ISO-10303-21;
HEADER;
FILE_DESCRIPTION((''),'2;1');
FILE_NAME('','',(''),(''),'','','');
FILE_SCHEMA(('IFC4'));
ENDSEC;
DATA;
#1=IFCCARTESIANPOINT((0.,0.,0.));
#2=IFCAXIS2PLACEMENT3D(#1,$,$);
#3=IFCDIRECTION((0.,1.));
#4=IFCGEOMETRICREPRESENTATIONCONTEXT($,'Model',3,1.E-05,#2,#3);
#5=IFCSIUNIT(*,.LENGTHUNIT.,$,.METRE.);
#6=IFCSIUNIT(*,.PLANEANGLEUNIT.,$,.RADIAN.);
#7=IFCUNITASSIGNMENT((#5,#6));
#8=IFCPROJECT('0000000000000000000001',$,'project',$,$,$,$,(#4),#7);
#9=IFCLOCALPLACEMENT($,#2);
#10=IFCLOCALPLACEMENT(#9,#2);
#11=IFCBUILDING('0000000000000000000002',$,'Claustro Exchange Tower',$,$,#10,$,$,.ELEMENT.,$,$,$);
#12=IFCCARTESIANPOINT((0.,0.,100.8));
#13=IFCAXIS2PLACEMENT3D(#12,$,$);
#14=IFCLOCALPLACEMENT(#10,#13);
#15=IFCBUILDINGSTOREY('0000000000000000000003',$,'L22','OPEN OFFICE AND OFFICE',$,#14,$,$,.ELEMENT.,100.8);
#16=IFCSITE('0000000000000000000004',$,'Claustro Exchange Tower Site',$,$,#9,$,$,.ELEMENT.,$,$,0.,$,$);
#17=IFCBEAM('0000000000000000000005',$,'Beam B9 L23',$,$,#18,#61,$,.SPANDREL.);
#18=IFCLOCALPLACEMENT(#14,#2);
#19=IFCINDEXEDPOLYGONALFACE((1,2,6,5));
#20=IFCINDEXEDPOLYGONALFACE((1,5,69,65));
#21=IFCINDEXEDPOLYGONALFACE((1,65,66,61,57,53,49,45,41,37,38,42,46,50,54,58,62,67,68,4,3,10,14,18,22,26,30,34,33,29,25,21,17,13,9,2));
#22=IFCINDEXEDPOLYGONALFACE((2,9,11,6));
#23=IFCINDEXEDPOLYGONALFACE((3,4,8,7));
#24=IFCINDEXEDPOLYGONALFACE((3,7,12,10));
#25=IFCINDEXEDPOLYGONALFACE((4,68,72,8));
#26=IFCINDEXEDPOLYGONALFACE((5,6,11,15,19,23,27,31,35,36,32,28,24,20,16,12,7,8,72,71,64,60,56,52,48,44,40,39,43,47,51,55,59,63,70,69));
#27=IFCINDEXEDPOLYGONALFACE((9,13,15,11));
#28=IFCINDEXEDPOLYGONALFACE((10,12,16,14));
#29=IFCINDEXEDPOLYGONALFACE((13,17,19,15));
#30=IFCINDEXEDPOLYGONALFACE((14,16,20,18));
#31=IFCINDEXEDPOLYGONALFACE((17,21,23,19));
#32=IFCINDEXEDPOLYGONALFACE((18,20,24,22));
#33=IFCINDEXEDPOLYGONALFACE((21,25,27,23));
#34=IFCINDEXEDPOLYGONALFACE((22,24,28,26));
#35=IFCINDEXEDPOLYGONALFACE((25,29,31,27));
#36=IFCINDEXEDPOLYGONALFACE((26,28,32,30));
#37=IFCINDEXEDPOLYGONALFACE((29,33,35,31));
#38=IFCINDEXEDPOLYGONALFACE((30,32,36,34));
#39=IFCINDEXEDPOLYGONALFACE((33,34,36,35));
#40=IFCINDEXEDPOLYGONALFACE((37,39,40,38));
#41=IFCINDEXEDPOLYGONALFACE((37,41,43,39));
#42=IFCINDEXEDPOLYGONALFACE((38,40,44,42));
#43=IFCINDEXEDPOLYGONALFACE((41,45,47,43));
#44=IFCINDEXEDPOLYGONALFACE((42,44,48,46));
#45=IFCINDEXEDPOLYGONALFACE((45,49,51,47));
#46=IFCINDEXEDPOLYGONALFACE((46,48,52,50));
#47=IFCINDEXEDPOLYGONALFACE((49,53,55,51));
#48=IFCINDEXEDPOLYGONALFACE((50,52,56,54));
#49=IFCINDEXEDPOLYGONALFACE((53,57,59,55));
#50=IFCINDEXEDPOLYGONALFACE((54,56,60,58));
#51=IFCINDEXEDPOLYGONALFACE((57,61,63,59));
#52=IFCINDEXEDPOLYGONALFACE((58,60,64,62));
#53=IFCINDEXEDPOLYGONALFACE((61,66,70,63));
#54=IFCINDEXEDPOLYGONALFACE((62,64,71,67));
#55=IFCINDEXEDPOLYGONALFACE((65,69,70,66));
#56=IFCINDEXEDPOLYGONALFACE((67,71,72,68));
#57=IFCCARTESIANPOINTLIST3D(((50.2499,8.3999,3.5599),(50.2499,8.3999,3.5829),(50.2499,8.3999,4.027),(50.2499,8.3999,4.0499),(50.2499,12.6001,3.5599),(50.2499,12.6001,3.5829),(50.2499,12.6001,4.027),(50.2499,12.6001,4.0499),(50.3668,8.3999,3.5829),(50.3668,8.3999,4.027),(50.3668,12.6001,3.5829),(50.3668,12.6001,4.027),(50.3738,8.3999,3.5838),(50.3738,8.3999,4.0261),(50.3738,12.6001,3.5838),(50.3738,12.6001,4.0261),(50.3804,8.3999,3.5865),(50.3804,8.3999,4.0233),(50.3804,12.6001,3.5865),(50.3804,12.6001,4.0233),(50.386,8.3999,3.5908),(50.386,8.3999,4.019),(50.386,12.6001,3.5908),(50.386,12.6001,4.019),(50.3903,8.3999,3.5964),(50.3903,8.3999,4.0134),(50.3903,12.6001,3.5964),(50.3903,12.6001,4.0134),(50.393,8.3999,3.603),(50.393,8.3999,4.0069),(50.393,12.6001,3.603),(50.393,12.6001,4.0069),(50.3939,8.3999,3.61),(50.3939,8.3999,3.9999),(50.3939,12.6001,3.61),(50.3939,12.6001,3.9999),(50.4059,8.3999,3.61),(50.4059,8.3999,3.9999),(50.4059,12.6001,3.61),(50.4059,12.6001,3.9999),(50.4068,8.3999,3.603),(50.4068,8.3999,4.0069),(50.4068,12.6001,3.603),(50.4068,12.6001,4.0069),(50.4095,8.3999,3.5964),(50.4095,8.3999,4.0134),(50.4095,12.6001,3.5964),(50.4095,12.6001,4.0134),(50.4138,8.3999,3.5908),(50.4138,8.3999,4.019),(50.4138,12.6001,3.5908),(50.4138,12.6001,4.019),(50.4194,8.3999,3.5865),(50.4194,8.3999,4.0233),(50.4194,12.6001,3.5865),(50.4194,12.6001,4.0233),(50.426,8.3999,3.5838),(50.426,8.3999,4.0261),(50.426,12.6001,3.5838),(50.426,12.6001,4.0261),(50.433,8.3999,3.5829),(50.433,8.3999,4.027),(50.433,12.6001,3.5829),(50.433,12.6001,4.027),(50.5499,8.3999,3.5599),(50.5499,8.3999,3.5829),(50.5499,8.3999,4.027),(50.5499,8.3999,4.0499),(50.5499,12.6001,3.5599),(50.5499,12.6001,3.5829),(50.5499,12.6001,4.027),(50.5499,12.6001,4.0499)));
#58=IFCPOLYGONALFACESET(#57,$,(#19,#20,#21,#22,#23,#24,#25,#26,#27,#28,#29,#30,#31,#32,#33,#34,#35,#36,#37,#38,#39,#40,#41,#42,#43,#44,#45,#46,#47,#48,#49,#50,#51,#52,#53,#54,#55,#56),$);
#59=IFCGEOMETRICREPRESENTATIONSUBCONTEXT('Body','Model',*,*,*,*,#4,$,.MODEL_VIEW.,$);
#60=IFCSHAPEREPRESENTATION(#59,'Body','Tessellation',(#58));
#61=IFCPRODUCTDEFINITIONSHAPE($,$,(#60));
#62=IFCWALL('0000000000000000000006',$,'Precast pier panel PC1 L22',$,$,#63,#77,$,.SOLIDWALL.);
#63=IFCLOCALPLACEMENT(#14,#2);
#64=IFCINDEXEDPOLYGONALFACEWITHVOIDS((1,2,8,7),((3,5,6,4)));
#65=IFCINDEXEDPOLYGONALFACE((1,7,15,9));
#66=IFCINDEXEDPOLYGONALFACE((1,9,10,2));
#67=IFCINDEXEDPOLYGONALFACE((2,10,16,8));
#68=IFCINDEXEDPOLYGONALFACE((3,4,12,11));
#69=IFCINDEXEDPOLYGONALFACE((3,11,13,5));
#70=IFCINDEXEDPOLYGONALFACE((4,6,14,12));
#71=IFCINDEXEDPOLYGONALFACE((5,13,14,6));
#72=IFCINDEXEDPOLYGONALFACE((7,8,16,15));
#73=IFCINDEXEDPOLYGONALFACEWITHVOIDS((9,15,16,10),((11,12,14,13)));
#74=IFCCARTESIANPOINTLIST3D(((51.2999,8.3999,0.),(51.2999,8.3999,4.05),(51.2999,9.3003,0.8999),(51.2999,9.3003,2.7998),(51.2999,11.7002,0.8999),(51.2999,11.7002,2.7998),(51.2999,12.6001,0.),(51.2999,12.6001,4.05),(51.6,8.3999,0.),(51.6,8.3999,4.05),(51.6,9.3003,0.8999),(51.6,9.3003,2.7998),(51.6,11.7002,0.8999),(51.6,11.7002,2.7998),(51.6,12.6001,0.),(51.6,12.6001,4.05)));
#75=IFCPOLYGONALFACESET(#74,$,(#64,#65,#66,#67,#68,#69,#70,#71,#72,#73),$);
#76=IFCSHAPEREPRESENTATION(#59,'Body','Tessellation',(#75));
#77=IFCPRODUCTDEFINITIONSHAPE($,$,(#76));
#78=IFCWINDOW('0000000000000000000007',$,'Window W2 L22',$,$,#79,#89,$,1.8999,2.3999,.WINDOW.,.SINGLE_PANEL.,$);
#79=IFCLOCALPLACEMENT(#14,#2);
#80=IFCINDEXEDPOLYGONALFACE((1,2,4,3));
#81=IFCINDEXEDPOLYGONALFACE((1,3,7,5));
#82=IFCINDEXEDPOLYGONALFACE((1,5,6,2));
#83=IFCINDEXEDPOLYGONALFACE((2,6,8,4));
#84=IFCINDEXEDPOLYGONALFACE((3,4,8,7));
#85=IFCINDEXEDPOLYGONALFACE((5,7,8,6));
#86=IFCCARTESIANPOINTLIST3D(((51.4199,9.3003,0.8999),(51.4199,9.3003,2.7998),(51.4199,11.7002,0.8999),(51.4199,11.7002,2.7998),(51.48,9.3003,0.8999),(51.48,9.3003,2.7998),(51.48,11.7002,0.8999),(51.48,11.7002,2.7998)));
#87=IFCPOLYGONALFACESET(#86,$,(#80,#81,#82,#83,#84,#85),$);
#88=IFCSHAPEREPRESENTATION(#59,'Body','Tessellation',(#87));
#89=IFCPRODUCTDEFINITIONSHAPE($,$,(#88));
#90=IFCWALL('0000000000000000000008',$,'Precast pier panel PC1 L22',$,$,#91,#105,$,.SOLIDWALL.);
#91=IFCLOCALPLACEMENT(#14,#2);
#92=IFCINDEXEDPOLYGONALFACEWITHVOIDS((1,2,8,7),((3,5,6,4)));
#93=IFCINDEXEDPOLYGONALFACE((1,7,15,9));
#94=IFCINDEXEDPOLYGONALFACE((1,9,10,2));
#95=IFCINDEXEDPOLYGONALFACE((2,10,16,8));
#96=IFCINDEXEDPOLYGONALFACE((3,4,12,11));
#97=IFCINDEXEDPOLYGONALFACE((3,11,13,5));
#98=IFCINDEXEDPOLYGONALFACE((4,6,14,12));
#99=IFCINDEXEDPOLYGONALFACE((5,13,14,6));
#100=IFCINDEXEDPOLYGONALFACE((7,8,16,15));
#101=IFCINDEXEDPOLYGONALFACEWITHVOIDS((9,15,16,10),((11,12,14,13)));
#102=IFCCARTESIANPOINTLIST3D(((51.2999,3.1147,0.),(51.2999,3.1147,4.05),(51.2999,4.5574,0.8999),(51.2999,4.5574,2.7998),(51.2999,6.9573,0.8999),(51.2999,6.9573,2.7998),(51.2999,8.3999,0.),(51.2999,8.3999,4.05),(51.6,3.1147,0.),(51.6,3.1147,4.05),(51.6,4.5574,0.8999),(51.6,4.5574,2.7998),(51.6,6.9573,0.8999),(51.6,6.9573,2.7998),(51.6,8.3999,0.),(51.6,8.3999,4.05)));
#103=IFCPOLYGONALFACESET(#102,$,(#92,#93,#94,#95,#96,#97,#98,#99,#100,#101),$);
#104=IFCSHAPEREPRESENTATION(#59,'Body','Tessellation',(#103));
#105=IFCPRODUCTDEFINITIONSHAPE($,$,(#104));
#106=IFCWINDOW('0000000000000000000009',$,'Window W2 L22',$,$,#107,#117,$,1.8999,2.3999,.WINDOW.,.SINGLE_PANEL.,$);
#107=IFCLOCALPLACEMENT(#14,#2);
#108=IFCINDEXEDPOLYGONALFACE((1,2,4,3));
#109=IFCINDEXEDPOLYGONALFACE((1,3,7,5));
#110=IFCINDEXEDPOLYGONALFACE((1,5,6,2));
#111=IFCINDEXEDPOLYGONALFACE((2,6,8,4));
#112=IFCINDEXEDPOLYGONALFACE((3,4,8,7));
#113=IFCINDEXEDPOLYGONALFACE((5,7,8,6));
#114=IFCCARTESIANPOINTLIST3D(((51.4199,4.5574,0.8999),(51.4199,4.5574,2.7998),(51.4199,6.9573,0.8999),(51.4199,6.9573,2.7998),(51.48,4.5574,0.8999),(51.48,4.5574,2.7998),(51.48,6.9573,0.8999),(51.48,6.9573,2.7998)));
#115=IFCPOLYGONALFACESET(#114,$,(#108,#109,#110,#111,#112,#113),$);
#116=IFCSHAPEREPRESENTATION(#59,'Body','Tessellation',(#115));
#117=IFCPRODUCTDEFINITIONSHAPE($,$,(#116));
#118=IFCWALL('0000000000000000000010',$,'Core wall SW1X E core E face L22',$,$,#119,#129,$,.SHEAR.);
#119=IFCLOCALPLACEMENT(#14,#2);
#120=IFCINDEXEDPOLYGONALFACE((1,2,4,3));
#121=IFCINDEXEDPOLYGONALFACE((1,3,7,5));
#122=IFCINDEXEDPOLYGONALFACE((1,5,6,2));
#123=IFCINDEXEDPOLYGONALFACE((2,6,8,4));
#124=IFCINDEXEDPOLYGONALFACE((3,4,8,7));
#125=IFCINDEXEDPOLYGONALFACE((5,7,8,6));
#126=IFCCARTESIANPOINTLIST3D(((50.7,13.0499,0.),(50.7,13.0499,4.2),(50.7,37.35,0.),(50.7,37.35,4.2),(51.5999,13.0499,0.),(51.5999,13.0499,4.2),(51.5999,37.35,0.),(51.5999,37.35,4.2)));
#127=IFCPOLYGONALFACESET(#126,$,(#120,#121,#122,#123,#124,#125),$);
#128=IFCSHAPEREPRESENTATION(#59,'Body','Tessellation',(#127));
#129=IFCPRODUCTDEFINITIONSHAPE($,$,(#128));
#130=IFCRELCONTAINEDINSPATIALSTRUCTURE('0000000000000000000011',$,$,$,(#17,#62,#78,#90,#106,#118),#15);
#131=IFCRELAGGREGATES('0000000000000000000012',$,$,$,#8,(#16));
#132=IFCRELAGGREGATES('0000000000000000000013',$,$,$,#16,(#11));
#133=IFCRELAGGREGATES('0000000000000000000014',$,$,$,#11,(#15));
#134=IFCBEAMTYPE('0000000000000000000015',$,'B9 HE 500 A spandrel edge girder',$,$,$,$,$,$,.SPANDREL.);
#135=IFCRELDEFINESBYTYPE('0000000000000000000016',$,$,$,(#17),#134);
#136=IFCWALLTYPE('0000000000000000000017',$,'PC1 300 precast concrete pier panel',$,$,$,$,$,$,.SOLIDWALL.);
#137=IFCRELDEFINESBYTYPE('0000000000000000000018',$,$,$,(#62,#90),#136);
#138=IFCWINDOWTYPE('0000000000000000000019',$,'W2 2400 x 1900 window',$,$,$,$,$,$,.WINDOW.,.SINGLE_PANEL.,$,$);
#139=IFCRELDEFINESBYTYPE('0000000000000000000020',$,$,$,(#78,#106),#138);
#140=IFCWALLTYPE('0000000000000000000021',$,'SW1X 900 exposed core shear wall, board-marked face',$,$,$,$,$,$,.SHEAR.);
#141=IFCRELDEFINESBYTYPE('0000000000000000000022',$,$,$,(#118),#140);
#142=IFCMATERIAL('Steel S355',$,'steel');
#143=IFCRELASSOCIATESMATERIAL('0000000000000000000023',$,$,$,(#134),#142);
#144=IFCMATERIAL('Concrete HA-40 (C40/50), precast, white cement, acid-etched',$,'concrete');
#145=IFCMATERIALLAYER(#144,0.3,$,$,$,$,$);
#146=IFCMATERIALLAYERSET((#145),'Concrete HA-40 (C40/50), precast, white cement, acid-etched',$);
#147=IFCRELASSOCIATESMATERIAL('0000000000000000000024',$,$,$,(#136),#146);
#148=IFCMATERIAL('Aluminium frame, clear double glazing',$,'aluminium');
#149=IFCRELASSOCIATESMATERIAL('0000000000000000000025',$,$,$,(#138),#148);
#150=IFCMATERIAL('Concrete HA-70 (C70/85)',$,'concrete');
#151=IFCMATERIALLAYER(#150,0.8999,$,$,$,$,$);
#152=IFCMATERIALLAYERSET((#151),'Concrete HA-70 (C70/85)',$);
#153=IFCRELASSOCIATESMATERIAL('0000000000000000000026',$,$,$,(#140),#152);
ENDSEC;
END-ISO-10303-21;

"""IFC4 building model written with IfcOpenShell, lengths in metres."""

from ifc_helpers import new_model, si_unit, direction, frame, frame_2d, origin, origin_2d, place, context, subcontext, project, spatial, rectangle, i_section, extrude, material, layer, layer_set, material_profile, profile_set, type_object, element, fill, save


model = new_model("IFC4")

# Units and contexts
model_context = context("Model", 3, precision=1e-05, world=origin(), true_north=direction((0.0, 1.0)))
body_context = subcontext(model_context, "Body", "Model", "MODEL_VIEW")
ifc_project = project(units=[si_unit("LENGTHUNIT", "METRE"), si_unit("PLANEANGLEUNIT", "RADIAN")], contexts=[model_context])

# Site, building, storey
site_placement = place(None, origin())
site = spatial("IfcSite", under=ifc_project, at=site_placement, Name="Claustro Exchange Tower Site", CompositionType="ELEMENT", RefElevation=0.0)
building_placement = place(site_placement, origin())
building = spatial("IfcBuilding", under=site, at=building_placement, Name="Claustro Exchange Tower", CompositionType="ELEMENT")
storey_placement = place(building_placement, frame((0.0, 0.0, 100.8)))
storey = spatial("IfcBuildingStorey", under=building, at=storey_placement, Name="L22", Description="OPEN OFFICE AND OFFICE", CompositionType="ELEMENT", Elevation=100.8)

# Beam
ifc_material_1 = material(Name="Steel S355", Category="steel")
ifc_material_profile_1 = material_profile(ifc_material_1, i_section(OverallWidth=0.3, OverallDepth=0.49, WebThickness=0.012, FlangeThickness=0.0229, FilletRadius=0.0271, at=origin_2d()), Name="HE 500 A")
ifc_profile_set_1 = profile_set([ifc_material_profile_1], Name="Steel S355")
beam_type_1 = type_object("IfcBeamType", Name="B9 HE 500 A spandrel edge girder", PredefinedType="SPANDREL", material=ifc_profile_set_1)
beam_1_placement = place(storey_placement, frame((50.3999, 8.3999, 3.8049), z_axis=(0.0, 1.0, 0.0), x_axis=(-1.0, 0.0, 0.0)))
element("IfcBeam", 1, at=beam_1_placement, inside=storey, type_object=beam_type_1, Name="Beam B9 L23", PredefinedType="SPANDREL", context=body_context, shape_type="SweptSolid", body=[
    extrude(i_section(OverallWidth=0.3, OverallDepth=0.49, WebThickness=0.012, FlangeThickness=0.0229, FilletRadius=0.0271, at=origin_2d()), origin(), (0.0, 0.0, 1.0), 4.2002),
])

# Walls, openings, windows
ifc_material_2 = material(Name="Concrete HA-40 (C40/50), precast, white cement, acid-etched", Category="concrete")
ifc_layer_1 = layer(ifc_material_2, 0.3)
ifc_layer_set_1 = layer_set([ifc_layer_1], Name="Concrete HA-40 (C40/50), precast, white cement, acid-etched")
wall_type_1 = type_object("IfcWallType", Name="PC1 300 precast concrete pier panel", PredefinedType="SOLIDWALL", material=ifc_layer_set_1)
wall_1_placement = place(storey_placement, frame((51.45, 12.6001, 0.0), z_axis=(0.0, 0.0, 1.0), x_axis=(0.0, -1.0, 0.0)))
wall_1 = element("IfcWall", 2, at=wall_1_placement, inside=storey, type_object=wall_type_1, Name="Precast pier panel PC1 L22", PredefinedType="SOLIDWALL", context=body_context, shape_type="SweptSolid", body=[
    extrude(rectangle(XDim=4.2002, YDim=0.3, at=frame_2d((2.1001, 0.0))), origin(), (0.0, 0.0, 1.0), 4.05),
])
opening_1_placement = place(wall_1_placement, frame((0.8999, 0.0, 0.8999)))
opening_1 = element("IfcOpeningElement", 3, at=opening_1_placement, cuts=wall_1, PredefinedType="OPENING", context=body_context, shape_type="SweptSolid", body=[
    extrude(rectangle(XDim=2.3999, YDim=1.8999, at=frame_2d((1.2, 0.95))), frame((0.0, 0.1599, 0.0), z_axis=(0.0, -1.0, 0.0), x_axis=(1.0, 0.0, 0.0)), (0.0, 0.0, 1.0), 0.3201),
])
ifc_material_3 = material(Name="Aluminium frame, clear double glazing", Category="aluminium")
window_type = type_object("IfcWindowType", Name="W2 2400 x 1900 window", PartitioningType="SINGLE_PANEL", PredefinedType="WINDOW", material=ifc_material_3)
window_1_placement = place(opening_1_placement, origin())
window_1 = element("IfcWindow", 4, at=window_1_placement, inside=storey, type_object=window_type, Name="Window W2 L22", OverallHeight=1.8999, OverallWidth=2.3999, PartitioningType="SINGLE_PANEL", PredefinedType="WINDOW", context=body_context, shape_type="SweptSolid", body=[
    extrude(rectangle(XDim=2.3999, YDim=1.8999, at=frame_2d((1.2, 0.95))), frame((0.0, 0.03, 0.0), z_axis=(0.0, -1.0, 0.0), x_axis=(1.0, 0.0, 0.0)), (0.0, 0.0, 1.0), 0.0601),
])
fill(opening_1, window_1)
wall_2_placement = place(storey_placement, frame((51.45, 8.3999, 0.0), z_axis=(0.0, 0.0, 1.0), x_axis=(0.0, -1.0, 0.0)))
wall_2 = element("IfcWall", 5, at=wall_2_placement, inside=storey, type_object=wall_type_1, Name="Precast pier panel PC1 L22", PredefinedType="SOLIDWALL", context=body_context, shape_type="SweptSolid", body=[
    extrude(rectangle(XDim=5.2852, YDim=0.3, at=frame_2d((2.6426, 0.0))), origin(), (0.0, 0.0, 1.0), 4.05),
])
opening_2_placement = place(wall_2_placement, frame((1.4426, 0.0, 0.8999)))
opening_2 = element("IfcOpeningElement", 6, at=opening_2_placement, cuts=wall_2, PredefinedType="OPENING", context=body_context, shape_type="SweptSolid", body=[
    extrude(rectangle(XDim=2.3999, YDim=1.8999, at=frame_2d((1.2, 0.95))), frame((0.0, 0.1599, 0.0), z_axis=(0.0, -1.0, 0.0), x_axis=(1.0, 0.0, 0.0)), (0.0, 0.0, 1.0), 0.3201),
])
window_2_placement = place(opening_2_placement, origin())
window_2 = element("IfcWindow", 7, at=window_2_placement, inside=storey, type_object=window_type, Name="Window W2 L22", OverallHeight=1.8999, OverallWidth=2.3999, PartitioningType="SINGLE_PANEL", PredefinedType="WINDOW", context=body_context, shape_type="SweptSolid", body=[
    extrude(rectangle(XDim=2.3999, YDim=1.8999, at=frame_2d((1.2, 0.95))), frame((0.0, 0.03, 0.0), z_axis=(0.0, -1.0, 0.0), x_axis=(1.0, 0.0, 0.0)), (0.0, 0.0, 1.0), 0.0601),
])
fill(opening_2, window_2)

# Wall
ifc_material_4 = material(Name="Concrete HA-70 (C70/85)", Category="concrete")
ifc_layer_2 = layer(ifc_material_4, 0.8999)
ifc_layer_set_2 = layer_set([ifc_layer_2], Name="Concrete HA-70 (C70/85)")
wall_type_2 = type_object("IfcWallType", Name="SW1X 900 exposed core shear wall, board-marked face", PredefinedType="SHEAR", material=ifc_layer_set_2)
wall_3_placement = place(storey_placement, frame((51.1499, 13.05, 0.0), z_axis=(0.0, 0.0, 1.0), x_axis=(0.0, 1.0, 0.0)))
element("IfcWall", 8, at=wall_3_placement, inside=storey, type_object=wall_type_2, Name="Core wall SW1X E core E face L22", PredefinedType="SHEAR", context=body_context, shape_type="SweptSolid", body=[
    extrude(rectangle(XDim=24.3, YDim=0.8999, at=frame_2d((12.1499, 0.0))), origin(), (0.0, 0.0, 1.0), 4.2),
])

save(model, "model.ifc")
